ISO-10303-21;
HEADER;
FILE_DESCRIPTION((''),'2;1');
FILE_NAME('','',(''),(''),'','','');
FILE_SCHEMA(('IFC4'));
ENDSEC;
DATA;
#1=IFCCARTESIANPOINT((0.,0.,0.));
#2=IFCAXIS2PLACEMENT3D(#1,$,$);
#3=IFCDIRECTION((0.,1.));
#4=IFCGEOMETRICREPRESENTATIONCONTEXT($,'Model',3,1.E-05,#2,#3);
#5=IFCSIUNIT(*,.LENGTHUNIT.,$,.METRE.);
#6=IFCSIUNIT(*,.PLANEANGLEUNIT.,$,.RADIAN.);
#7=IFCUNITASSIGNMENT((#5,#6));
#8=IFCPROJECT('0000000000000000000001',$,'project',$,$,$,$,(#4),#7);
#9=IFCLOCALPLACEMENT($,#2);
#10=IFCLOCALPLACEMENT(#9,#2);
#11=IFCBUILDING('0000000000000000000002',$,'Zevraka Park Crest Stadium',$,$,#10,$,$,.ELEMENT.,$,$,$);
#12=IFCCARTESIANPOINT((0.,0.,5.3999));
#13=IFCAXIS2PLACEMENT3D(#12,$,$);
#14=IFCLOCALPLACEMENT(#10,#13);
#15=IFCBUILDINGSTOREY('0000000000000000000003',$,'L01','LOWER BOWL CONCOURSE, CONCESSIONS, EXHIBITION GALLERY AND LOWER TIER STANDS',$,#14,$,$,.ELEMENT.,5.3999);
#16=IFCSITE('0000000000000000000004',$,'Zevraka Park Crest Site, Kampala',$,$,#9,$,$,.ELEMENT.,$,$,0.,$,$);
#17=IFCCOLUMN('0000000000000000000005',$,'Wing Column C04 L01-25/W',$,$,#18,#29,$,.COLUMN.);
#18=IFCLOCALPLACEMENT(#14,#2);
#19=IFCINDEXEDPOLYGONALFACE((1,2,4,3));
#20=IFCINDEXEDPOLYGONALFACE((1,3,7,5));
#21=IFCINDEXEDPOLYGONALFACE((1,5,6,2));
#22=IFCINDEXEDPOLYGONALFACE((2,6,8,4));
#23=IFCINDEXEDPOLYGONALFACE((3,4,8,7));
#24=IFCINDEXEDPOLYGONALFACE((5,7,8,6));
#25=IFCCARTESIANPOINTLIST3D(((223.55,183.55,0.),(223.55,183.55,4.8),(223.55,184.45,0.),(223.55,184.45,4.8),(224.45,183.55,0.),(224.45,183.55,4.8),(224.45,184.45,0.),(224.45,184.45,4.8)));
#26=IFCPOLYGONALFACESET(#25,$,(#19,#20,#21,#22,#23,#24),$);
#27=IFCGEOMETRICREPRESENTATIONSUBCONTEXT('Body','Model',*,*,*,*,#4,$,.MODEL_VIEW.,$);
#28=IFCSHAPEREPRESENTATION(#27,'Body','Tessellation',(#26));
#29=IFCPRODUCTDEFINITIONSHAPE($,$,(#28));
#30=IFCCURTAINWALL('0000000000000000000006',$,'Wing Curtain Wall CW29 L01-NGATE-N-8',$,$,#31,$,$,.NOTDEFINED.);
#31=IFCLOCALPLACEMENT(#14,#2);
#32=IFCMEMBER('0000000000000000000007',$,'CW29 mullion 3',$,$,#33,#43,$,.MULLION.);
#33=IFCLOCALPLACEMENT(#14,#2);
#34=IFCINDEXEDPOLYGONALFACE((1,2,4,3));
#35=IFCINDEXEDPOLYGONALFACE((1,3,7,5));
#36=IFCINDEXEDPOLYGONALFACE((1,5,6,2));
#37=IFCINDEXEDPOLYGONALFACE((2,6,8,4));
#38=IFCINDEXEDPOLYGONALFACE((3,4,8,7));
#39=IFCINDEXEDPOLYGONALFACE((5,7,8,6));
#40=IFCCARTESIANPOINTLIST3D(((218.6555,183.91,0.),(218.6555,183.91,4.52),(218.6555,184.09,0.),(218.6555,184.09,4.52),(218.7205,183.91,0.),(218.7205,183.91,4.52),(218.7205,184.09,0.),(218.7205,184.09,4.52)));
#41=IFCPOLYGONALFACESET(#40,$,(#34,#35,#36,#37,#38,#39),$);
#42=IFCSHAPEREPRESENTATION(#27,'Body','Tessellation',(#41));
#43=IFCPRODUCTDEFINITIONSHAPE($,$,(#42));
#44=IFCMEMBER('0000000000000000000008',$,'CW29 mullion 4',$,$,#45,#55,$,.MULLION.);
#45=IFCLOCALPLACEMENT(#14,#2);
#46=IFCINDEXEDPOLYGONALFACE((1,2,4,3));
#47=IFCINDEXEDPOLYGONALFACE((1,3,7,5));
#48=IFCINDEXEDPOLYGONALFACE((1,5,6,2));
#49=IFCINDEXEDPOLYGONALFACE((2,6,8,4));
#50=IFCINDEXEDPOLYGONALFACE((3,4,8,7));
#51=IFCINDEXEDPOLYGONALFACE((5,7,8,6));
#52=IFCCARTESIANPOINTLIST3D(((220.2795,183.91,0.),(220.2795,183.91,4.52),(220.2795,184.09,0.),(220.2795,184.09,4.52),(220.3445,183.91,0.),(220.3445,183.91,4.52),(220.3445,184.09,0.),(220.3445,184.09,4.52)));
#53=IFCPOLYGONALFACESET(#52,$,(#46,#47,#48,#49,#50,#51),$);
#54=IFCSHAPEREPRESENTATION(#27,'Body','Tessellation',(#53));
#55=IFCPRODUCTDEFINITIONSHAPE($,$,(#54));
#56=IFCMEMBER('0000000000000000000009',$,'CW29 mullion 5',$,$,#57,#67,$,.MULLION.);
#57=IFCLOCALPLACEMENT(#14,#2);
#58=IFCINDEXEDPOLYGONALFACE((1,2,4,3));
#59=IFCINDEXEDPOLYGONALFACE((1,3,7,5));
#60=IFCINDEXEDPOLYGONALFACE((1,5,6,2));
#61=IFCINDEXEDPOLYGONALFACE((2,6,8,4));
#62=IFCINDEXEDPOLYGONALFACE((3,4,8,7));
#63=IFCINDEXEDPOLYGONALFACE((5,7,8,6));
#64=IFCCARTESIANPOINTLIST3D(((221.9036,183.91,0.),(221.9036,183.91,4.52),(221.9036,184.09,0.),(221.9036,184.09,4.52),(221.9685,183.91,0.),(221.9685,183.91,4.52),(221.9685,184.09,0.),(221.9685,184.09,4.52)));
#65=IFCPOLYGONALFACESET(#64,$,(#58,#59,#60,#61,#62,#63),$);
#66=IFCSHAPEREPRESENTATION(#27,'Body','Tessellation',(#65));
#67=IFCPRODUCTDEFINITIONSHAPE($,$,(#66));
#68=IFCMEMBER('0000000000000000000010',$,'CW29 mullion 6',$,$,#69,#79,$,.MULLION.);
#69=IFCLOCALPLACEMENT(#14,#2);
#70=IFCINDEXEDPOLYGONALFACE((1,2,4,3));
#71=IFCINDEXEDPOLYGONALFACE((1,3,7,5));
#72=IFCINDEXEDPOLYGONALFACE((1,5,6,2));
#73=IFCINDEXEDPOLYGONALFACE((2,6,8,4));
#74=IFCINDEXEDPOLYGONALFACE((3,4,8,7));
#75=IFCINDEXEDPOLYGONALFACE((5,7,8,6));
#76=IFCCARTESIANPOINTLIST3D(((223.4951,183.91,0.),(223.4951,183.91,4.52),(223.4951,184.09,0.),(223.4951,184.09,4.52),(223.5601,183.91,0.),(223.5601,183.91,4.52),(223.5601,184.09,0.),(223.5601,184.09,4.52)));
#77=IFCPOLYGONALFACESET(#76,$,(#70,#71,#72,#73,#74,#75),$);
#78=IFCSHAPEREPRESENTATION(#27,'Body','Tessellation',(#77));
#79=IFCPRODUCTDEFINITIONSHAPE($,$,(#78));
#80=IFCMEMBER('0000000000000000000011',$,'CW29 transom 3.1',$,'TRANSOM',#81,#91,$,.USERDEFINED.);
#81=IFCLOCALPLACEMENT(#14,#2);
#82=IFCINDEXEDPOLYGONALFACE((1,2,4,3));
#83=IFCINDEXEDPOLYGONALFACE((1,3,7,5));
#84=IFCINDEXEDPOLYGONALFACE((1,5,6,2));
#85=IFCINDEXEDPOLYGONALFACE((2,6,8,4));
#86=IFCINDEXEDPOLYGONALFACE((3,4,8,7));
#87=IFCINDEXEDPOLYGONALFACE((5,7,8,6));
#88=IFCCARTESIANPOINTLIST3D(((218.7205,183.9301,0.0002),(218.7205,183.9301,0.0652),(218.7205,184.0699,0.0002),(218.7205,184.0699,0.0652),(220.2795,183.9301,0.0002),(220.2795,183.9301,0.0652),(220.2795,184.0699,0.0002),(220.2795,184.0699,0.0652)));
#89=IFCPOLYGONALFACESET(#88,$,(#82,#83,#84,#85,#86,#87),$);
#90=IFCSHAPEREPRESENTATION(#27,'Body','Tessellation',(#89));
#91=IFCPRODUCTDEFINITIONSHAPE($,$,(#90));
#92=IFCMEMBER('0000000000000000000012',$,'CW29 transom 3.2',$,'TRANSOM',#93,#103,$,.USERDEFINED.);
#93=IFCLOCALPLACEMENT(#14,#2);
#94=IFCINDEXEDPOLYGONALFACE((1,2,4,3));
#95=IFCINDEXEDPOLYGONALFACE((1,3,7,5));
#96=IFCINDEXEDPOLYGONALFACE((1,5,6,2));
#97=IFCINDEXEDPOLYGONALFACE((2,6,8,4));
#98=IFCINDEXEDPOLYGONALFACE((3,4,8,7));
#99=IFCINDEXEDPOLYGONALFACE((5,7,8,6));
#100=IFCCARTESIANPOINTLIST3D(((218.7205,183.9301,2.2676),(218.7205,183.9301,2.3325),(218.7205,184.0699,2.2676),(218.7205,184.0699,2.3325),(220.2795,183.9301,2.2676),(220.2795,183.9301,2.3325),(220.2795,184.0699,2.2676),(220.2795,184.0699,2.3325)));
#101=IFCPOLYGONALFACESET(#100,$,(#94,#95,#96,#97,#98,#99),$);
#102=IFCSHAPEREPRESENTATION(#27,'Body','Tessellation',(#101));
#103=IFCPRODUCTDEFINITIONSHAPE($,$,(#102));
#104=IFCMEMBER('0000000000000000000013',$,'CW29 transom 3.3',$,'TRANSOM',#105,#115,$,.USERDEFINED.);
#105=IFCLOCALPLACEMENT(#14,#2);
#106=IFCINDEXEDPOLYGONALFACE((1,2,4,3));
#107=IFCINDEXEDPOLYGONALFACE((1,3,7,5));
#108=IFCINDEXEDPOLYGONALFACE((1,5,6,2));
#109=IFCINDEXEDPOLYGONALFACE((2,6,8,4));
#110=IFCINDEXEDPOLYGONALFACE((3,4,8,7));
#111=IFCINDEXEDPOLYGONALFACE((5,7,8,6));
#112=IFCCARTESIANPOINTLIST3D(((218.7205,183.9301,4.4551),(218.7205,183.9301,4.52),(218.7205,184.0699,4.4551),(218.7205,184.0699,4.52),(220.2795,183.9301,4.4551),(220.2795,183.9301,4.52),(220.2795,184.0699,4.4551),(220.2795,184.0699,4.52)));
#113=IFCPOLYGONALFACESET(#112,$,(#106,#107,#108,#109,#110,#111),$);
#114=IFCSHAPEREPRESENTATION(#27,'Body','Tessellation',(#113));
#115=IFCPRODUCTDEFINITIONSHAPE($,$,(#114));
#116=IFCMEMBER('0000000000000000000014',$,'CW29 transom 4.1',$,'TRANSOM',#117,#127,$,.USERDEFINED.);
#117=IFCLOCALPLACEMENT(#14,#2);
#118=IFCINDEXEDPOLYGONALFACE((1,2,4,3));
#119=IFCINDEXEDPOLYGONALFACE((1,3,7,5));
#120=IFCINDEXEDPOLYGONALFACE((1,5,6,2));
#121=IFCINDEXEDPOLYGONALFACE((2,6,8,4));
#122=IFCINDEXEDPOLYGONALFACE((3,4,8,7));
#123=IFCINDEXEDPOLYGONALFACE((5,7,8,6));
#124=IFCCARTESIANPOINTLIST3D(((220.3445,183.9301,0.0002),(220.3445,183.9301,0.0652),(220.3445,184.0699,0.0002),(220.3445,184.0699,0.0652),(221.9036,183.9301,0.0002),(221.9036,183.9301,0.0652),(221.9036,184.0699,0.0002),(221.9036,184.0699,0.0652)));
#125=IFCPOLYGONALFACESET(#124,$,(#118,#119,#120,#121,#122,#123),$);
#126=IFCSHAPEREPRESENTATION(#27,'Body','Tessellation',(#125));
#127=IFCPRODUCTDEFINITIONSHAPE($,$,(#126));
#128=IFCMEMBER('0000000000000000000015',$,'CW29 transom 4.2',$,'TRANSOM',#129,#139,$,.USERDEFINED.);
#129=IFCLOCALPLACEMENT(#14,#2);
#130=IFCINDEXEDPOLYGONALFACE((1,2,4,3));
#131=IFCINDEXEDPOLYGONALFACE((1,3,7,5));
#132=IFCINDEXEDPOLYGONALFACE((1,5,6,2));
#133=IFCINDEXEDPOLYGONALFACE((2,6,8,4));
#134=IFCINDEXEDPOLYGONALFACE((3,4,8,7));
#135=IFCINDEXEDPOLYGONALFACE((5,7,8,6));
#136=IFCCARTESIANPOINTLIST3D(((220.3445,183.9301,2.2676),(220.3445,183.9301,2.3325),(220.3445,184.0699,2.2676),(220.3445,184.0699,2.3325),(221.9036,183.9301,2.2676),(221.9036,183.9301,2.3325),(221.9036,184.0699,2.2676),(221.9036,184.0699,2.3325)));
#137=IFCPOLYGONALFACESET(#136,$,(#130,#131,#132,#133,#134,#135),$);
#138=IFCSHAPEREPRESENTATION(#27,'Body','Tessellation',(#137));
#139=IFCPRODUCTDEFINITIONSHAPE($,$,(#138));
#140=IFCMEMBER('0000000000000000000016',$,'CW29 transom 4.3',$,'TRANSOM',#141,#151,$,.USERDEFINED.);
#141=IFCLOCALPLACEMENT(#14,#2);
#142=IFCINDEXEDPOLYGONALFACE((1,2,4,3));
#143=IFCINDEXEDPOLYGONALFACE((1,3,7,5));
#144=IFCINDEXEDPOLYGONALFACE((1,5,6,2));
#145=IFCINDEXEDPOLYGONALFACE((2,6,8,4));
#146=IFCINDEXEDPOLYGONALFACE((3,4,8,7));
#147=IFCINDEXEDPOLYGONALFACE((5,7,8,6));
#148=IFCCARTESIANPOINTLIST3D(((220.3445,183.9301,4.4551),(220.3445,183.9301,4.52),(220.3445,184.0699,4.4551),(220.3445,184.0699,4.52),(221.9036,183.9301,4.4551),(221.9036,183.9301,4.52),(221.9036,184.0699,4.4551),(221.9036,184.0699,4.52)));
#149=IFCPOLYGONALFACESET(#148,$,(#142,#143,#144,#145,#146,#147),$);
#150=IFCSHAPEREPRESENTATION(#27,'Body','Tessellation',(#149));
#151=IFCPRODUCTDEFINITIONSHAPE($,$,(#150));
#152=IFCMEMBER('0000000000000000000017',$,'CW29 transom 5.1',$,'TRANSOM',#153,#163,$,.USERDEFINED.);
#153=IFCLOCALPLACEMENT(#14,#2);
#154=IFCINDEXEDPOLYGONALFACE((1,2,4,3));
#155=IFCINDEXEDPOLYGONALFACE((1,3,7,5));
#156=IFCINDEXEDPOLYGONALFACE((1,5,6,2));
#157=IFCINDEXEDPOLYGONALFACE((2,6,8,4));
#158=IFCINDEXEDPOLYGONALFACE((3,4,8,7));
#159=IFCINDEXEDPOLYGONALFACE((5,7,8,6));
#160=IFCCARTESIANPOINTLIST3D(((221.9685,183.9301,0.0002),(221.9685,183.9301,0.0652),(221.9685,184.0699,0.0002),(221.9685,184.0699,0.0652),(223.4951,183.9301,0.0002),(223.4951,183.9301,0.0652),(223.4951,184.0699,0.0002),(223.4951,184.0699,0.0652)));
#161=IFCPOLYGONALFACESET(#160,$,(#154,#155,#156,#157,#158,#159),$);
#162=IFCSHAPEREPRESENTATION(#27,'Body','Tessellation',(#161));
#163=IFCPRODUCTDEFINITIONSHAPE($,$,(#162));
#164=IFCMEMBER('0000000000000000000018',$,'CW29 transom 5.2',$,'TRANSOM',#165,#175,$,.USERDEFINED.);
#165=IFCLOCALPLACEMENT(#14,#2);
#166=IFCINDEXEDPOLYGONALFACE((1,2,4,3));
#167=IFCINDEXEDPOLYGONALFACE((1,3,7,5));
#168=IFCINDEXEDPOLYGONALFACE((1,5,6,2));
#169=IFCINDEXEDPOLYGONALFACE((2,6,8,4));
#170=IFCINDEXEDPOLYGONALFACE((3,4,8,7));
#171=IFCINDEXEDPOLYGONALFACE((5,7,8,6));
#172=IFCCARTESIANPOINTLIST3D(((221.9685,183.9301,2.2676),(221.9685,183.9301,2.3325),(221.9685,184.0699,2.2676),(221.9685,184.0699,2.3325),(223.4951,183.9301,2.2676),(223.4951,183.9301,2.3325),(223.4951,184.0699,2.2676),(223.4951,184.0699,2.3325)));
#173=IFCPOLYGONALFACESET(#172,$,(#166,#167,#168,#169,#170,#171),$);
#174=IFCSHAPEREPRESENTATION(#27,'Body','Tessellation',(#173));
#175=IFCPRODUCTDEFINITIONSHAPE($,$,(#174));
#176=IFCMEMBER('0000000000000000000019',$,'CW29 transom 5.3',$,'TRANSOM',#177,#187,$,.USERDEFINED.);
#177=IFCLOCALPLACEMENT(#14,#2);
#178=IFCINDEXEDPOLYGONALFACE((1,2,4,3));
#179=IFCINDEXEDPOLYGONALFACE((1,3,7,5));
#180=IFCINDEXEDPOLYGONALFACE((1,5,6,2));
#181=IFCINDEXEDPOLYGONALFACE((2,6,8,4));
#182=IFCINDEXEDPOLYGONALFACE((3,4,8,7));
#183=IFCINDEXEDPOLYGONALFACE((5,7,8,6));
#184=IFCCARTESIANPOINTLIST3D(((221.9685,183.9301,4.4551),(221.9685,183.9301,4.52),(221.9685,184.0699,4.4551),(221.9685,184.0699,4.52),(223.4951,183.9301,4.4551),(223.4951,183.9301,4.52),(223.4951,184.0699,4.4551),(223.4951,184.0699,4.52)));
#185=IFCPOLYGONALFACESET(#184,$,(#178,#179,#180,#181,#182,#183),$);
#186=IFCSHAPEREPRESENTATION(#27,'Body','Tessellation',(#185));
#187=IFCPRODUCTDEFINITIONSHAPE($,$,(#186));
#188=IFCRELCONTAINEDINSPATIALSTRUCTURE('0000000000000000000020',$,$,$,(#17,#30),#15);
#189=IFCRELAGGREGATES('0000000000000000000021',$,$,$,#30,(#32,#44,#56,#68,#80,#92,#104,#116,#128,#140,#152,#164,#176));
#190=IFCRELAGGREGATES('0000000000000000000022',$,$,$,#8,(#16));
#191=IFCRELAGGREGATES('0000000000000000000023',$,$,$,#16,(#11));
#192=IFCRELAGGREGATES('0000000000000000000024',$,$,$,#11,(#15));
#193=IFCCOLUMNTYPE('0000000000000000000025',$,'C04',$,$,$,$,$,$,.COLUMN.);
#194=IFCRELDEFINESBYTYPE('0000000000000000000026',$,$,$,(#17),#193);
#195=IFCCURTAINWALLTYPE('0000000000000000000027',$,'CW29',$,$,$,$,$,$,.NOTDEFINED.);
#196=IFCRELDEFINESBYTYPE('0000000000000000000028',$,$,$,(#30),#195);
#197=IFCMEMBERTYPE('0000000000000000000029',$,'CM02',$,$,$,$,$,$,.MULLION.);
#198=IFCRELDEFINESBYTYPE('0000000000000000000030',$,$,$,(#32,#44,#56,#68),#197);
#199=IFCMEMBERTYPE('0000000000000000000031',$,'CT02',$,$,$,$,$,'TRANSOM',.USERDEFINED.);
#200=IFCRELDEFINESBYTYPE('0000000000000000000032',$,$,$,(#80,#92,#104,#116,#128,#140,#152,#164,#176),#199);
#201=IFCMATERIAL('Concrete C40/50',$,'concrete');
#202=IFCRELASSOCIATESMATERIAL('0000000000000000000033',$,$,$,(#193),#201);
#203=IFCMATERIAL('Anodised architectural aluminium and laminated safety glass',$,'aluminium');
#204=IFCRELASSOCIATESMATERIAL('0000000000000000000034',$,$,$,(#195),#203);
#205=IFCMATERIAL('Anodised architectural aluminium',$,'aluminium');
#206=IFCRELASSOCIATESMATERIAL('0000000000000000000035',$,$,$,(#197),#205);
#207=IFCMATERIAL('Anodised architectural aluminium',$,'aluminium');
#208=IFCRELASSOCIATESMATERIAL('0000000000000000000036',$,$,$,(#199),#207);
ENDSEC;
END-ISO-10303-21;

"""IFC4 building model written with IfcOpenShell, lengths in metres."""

from ifc_helpers import new_model, si_unit, direction, frame, origin, origin_2d, place, context, subcontext, project, spatial, rectangle, extrude, material, material_profile, profile_set, type_object, element, aggregate, save


model = new_model("IFC4")

# Units and contexts
model_context = context("Model", 3, precision=1e-05, world=origin(), true_north=direction((0.0, 1.0)))
body_context = subcontext(model_context, "Body", "Model", "MODEL_VIEW")
ifc_project = project(units=[si_unit("LENGTHUNIT", "METRE"), si_unit("PLANEANGLEUNIT", "RADIAN")], contexts=[model_context])

# Site, building, storey
site_placement = place(None, origin())
site = spatial("IfcSite", under=ifc_project, at=site_placement, Name="Zevraka Park Crest Site, Kampala", CompositionType="ELEMENT", RefElevation=0.0)
building_placement = place(site_placement, origin())
building = spatial("IfcBuilding", under=site, at=building_placement, Name="Zevraka Park Crest Stadium", CompositionType="ELEMENT")
storey_placement = place(building_placement, frame((0.0, 0.0, 5.3999)))
storey = spatial("IfcBuildingStorey", under=building, at=storey_placement, Name="L01", Description="LOWER BOWL CONCOURSE, CONCESSIONS, EXHIBITION GALLERY AND LOWER TIER STANDS", CompositionType="ELEMENT", Elevation=5.3999)

# Column
ifc_material_1 = material(Name="Concrete C40/50", Category="concrete")
ifc_material_profile_1 = material_profile(ifc_material_1, rectangle(XDim=0.8999, YDim=0.8999, at=origin_2d()), Name="RC 900x900")
ifc_profile_set_1 = profile_set([ifc_material_profile_1], Name="Concrete C40/50")
column_type = type_object("IfcColumnType", Name="C04", PredefinedType="COLUMN", material=ifc_profile_set_1)
column_placement = place(storey_placement, frame((224.0, 184.0, 0.0), z_axis=(0.0, 0.0, 1.0), x_axis=(1.0, 0.0, 0.0)))
element("IfcColumn", 1, at=column_placement, inside=storey, type_object=column_type, Name="Wing Column C04 L01-25/W", PredefinedType="COLUMN", context=body_context, shape_type="SweptSolid", body=[
    extrude(rectangle(XDim=0.8999, YDim=0.8999, at=origin_2d()), origin(), (0.0, 0.0, 1.0), 4.8),
])

# Curtain wall, members
ifc_material_2 = material(Name="Anodised architectural aluminium and laminated safety glass", Category="aluminium")
curtain_wall_type = type_object("IfcCurtainWallType", Name="CW29", PredefinedType="NOTDEFINED", material=ifc_material_2)
curtain_wall_placement = place(storey_placement, origin())
curtain_wall = element("IfcCurtainWall", 2, at=curtain_wall_placement, inside=storey, type_object=curtain_wall_type, Name="Wing Curtain Wall CW29 L01-NGATE-N-8", PredefinedType="NOTDEFINED")
ifc_material_3 = material(Name="Anodised architectural aluminium", Category="aluminium")
ifc_material_profile_2 = material_profile(ifc_material_3, rectangle(XDim=0.1799, YDim=0.0649, at=origin_2d()), Name="ALU MULLION 180x65")
ifc_profile_set_2 = profile_set([ifc_material_profile_2], Name="Anodised architectural aluminium")
member_type_1 = type_object("IfcMemberType", Name="CM02", PredefinedType="MULLION", material=ifc_profile_set_2)
member_1_placement = place(storey_placement, frame((218.688, 184.0, 0.0), z_axis=(0.0, 0.0, 1.0), x_axis=(0.0, 1.0, 0.0)))
member_1 = element("IfcMember", 3, at=member_1_placement, type_object=member_type_1, Name="CW29 mullion 3", PredefinedType="MULLION", context=body_context, shape_type="SweptSolid", body=[
    extrude(rectangle(XDim=0.1799, YDim=0.0649, at=origin_2d()), origin(), (0.0, 0.0, 1.0), 4.52),
])
member_2_placement = place(storey_placement, frame((220.312, 184.0, 0.0), z_axis=(0.0, 0.0, 1.0), x_axis=(0.0, 1.0, 0.0)))
member_2 = element("IfcMember", 4, at=member_2_placement, type_object=member_type_1, Name="CW29 mullion 4", PredefinedType="MULLION", context=body_context, shape_type="SweptSolid", body=[
    extrude(rectangle(XDim=0.1799, YDim=0.0649, at=origin_2d()), origin(), (0.0, 0.0, 1.0), 4.52),
])
member_3_placement = place(storey_placement, frame((221.936, 184.0, 0.0), z_axis=(0.0, 0.0, 1.0), x_axis=(0.0, 1.0, 0.0)))
member_3 = element("IfcMember", 5, at=member_3_placement, type_object=member_type_1, Name="CW29 mullion 5", PredefinedType="MULLION", context=body_context, shape_type="SweptSolid", body=[
    extrude(rectangle(XDim=0.1799, YDim=0.0649, at=origin_2d()), origin(), (0.0, 0.0, 1.0), 4.52),
])
member_4_placement = place(storey_placement, frame((223.5276, 184.0, 0.0), z_axis=(0.0, 0.0, 1.0), x_axis=(0.0, 1.0, 0.0)))
member_4 = element("IfcMember", 6, at=member_4_placement, type_object=member_type_1, Name="CW29 mullion 6", PredefinedType="MULLION", context=body_context, shape_type="SweptSolid", body=[
    extrude(rectangle(XDim=0.1799, YDim=0.0649, at=origin_2d()), origin(), (0.0, 0.0, 1.0), 4.52),
])
ifc_material_4 = material(Name="Anodised architectural aluminium", Category="aluminium")
ifc_material_profile_3 = material_profile(ifc_material_4, rectangle(XDim=0.1399, YDim=0.0649, at=origin_2d()), Name="ALU TRANSOM 140x65")
ifc_profile_set_3 = profile_set([ifc_material_profile_3], Name="Anodised architectural aluminium")
member_type_2 = type_object("IfcMemberType", Name="CT02", ElementType="TRANSOM", PredefinedType="USERDEFINED", material=ifc_profile_set_3)
member_5_placement = place(storey_placement, frame((218.7205, 184.0, 0.0327), z_axis=(1.0, 0.0, 0.0), x_axis=(0.0, 1.0, 0.0)))
member_5 = element("IfcMember", 7, at=member_5_placement, type_object=member_type_2, Name="CW29 transom 3.1", ObjectType="TRANSOM", PredefinedType="USERDEFINED", context=body_context, shape_type="SweptSolid", body=[
    extrude(rectangle(XDim=0.1399, YDim=0.0649, at=origin_2d()), origin(), (0.0, 0.0, 1.0), 1.5591),
])
member_6_placement = place(storey_placement, frame((218.7205, 184.0, 2.3), z_axis=(1.0, 0.0, 0.0), x_axis=(0.0, 1.0, 0.0)))
member_6 = element("IfcMember", 8, at=member_6_placement, type_object=member_type_2, Name="CW29 transom 3.2", ObjectType="TRANSOM", PredefinedType="USERDEFINED", context=body_context, shape_type="SweptSolid", body=[
    extrude(rectangle(XDim=0.1399, YDim=0.0649, at=origin_2d()), origin(), (0.0, 0.0, 1.0), 1.5591),
])
member_7_placement = place(storey_placement, frame((218.7205, 184.0, 4.4875), z_axis=(1.0, 0.0, 0.0), x_axis=(0.0, 1.0, 0.0)))
member_7 = element("IfcMember", 9, at=member_7_placement, type_object=member_type_2, Name="CW29 transom 3.3", ObjectType="TRANSOM", PredefinedType="USERDEFINED", context=body_context, shape_type="SweptSolid", body=[
    extrude(rectangle(XDim=0.1399, YDim=0.0649, at=origin_2d()), origin(), (0.0, 0.0, 1.0), 1.5591),
])
member_8_placement = place(storey_placement, frame((220.3445, 184.0, 0.0327), z_axis=(1.0, 0.0, 0.0), x_axis=(0.0, 1.0, 0.0)))
member_8 = element("IfcMember", 10, at=member_8_placement, type_object=member_type_2, Name="CW29 transom 4.1", ObjectType="TRANSOM", PredefinedType="USERDEFINED", context=body_context, shape_type="SweptSolid", body=[
    extrude(rectangle(XDim=0.1399, YDim=0.0649, at=origin_2d()), origin(), (0.0, 0.0, 1.0), 1.5591),
])
member_9_placement = place(storey_placement, frame((220.3445, 184.0, 2.3), z_axis=(1.0, 0.0, 0.0), x_axis=(0.0, 1.0, 0.0)))
member_9 = element("IfcMember", 11, at=member_9_placement, type_object=member_type_2, Name="CW29 transom 4.2", ObjectType="TRANSOM", PredefinedType="USERDEFINED", context=body_context, shape_type="SweptSolid", body=[
    extrude(rectangle(XDim=0.1399, YDim=0.0649, at=origin_2d()), origin(), (0.0, 0.0, 1.0), 1.5591),
])
member_10_placement = place(storey_placement, frame((220.3445, 184.0, 4.4875), z_axis=(1.0, 0.0, 0.0), x_axis=(0.0, 1.0, 0.0)))
member_10 = element("IfcMember", 12, at=member_10_placement, type_object=member_type_2, Name="CW29 transom 4.3", ObjectType="TRANSOM", PredefinedType="USERDEFINED", context=body_context, shape_type="SweptSolid", body=[
    extrude(rectangle(XDim=0.1399, YDim=0.0649, at=origin_2d()), origin(), (0.0, 0.0, 1.0), 1.5591),
])
member_11_placement = place(storey_placement, frame((221.9685, 184.0, 0.0327), z_axis=(1.0, 0.0, 0.0), x_axis=(0.0, 1.0, 0.0)))
member_11 = element("IfcMember", 13, at=member_11_placement, type_object=member_type_2, Name="CW29 transom 5.1", ObjectType="TRANSOM", PredefinedType="USERDEFINED", context=body_context, shape_type="SweptSolid", body=[
    extrude(rectangle(XDim=0.1399, YDim=0.0649, at=origin_2d()), origin(), (0.0, 0.0, 1.0), 1.5266),
])
member_12_placement = place(storey_placement, frame((221.9685, 184.0, 2.3), z_axis=(1.0, 0.0, 0.0), x_axis=(0.0, 1.0, 0.0)))
member_12 = element("IfcMember", 14, at=member_12_placement, type_object=member_type_2, Name="CW29 transom 5.2", ObjectType="TRANSOM", PredefinedType="USERDEFINED", context=body_context, shape_type="SweptSolid", body=[
    extrude(rectangle(XDim=0.1399, YDim=0.0649, at=origin_2d()), origin(), (0.0, 0.0, 1.0), 1.5266),
])
member_13_placement = place(storey_placement, frame((221.9685, 184.0, 4.4875), z_axis=(1.0, 0.0, 0.0), x_axis=(0.0, 1.0, 0.0)))
member_13 = element("IfcMember", 15, at=member_13_placement, type_object=member_type_2, Name="CW29 transom 5.3", ObjectType="TRANSOM", PredefinedType="USERDEFINED", context=body_context, shape_type="SweptSolid", body=[
    extrude(rectangle(XDim=0.1399, YDim=0.0649, at=origin_2d()), origin(), (0.0, 0.0, 1.0), 1.5266),
])
aggregate(curtain_wall, [member_1, member_2, member_3, member_4, member_5, member_6, member_7, member_8, member_9, member_10, member_11, member_12, member_13])

save(model, "model.ifc")
